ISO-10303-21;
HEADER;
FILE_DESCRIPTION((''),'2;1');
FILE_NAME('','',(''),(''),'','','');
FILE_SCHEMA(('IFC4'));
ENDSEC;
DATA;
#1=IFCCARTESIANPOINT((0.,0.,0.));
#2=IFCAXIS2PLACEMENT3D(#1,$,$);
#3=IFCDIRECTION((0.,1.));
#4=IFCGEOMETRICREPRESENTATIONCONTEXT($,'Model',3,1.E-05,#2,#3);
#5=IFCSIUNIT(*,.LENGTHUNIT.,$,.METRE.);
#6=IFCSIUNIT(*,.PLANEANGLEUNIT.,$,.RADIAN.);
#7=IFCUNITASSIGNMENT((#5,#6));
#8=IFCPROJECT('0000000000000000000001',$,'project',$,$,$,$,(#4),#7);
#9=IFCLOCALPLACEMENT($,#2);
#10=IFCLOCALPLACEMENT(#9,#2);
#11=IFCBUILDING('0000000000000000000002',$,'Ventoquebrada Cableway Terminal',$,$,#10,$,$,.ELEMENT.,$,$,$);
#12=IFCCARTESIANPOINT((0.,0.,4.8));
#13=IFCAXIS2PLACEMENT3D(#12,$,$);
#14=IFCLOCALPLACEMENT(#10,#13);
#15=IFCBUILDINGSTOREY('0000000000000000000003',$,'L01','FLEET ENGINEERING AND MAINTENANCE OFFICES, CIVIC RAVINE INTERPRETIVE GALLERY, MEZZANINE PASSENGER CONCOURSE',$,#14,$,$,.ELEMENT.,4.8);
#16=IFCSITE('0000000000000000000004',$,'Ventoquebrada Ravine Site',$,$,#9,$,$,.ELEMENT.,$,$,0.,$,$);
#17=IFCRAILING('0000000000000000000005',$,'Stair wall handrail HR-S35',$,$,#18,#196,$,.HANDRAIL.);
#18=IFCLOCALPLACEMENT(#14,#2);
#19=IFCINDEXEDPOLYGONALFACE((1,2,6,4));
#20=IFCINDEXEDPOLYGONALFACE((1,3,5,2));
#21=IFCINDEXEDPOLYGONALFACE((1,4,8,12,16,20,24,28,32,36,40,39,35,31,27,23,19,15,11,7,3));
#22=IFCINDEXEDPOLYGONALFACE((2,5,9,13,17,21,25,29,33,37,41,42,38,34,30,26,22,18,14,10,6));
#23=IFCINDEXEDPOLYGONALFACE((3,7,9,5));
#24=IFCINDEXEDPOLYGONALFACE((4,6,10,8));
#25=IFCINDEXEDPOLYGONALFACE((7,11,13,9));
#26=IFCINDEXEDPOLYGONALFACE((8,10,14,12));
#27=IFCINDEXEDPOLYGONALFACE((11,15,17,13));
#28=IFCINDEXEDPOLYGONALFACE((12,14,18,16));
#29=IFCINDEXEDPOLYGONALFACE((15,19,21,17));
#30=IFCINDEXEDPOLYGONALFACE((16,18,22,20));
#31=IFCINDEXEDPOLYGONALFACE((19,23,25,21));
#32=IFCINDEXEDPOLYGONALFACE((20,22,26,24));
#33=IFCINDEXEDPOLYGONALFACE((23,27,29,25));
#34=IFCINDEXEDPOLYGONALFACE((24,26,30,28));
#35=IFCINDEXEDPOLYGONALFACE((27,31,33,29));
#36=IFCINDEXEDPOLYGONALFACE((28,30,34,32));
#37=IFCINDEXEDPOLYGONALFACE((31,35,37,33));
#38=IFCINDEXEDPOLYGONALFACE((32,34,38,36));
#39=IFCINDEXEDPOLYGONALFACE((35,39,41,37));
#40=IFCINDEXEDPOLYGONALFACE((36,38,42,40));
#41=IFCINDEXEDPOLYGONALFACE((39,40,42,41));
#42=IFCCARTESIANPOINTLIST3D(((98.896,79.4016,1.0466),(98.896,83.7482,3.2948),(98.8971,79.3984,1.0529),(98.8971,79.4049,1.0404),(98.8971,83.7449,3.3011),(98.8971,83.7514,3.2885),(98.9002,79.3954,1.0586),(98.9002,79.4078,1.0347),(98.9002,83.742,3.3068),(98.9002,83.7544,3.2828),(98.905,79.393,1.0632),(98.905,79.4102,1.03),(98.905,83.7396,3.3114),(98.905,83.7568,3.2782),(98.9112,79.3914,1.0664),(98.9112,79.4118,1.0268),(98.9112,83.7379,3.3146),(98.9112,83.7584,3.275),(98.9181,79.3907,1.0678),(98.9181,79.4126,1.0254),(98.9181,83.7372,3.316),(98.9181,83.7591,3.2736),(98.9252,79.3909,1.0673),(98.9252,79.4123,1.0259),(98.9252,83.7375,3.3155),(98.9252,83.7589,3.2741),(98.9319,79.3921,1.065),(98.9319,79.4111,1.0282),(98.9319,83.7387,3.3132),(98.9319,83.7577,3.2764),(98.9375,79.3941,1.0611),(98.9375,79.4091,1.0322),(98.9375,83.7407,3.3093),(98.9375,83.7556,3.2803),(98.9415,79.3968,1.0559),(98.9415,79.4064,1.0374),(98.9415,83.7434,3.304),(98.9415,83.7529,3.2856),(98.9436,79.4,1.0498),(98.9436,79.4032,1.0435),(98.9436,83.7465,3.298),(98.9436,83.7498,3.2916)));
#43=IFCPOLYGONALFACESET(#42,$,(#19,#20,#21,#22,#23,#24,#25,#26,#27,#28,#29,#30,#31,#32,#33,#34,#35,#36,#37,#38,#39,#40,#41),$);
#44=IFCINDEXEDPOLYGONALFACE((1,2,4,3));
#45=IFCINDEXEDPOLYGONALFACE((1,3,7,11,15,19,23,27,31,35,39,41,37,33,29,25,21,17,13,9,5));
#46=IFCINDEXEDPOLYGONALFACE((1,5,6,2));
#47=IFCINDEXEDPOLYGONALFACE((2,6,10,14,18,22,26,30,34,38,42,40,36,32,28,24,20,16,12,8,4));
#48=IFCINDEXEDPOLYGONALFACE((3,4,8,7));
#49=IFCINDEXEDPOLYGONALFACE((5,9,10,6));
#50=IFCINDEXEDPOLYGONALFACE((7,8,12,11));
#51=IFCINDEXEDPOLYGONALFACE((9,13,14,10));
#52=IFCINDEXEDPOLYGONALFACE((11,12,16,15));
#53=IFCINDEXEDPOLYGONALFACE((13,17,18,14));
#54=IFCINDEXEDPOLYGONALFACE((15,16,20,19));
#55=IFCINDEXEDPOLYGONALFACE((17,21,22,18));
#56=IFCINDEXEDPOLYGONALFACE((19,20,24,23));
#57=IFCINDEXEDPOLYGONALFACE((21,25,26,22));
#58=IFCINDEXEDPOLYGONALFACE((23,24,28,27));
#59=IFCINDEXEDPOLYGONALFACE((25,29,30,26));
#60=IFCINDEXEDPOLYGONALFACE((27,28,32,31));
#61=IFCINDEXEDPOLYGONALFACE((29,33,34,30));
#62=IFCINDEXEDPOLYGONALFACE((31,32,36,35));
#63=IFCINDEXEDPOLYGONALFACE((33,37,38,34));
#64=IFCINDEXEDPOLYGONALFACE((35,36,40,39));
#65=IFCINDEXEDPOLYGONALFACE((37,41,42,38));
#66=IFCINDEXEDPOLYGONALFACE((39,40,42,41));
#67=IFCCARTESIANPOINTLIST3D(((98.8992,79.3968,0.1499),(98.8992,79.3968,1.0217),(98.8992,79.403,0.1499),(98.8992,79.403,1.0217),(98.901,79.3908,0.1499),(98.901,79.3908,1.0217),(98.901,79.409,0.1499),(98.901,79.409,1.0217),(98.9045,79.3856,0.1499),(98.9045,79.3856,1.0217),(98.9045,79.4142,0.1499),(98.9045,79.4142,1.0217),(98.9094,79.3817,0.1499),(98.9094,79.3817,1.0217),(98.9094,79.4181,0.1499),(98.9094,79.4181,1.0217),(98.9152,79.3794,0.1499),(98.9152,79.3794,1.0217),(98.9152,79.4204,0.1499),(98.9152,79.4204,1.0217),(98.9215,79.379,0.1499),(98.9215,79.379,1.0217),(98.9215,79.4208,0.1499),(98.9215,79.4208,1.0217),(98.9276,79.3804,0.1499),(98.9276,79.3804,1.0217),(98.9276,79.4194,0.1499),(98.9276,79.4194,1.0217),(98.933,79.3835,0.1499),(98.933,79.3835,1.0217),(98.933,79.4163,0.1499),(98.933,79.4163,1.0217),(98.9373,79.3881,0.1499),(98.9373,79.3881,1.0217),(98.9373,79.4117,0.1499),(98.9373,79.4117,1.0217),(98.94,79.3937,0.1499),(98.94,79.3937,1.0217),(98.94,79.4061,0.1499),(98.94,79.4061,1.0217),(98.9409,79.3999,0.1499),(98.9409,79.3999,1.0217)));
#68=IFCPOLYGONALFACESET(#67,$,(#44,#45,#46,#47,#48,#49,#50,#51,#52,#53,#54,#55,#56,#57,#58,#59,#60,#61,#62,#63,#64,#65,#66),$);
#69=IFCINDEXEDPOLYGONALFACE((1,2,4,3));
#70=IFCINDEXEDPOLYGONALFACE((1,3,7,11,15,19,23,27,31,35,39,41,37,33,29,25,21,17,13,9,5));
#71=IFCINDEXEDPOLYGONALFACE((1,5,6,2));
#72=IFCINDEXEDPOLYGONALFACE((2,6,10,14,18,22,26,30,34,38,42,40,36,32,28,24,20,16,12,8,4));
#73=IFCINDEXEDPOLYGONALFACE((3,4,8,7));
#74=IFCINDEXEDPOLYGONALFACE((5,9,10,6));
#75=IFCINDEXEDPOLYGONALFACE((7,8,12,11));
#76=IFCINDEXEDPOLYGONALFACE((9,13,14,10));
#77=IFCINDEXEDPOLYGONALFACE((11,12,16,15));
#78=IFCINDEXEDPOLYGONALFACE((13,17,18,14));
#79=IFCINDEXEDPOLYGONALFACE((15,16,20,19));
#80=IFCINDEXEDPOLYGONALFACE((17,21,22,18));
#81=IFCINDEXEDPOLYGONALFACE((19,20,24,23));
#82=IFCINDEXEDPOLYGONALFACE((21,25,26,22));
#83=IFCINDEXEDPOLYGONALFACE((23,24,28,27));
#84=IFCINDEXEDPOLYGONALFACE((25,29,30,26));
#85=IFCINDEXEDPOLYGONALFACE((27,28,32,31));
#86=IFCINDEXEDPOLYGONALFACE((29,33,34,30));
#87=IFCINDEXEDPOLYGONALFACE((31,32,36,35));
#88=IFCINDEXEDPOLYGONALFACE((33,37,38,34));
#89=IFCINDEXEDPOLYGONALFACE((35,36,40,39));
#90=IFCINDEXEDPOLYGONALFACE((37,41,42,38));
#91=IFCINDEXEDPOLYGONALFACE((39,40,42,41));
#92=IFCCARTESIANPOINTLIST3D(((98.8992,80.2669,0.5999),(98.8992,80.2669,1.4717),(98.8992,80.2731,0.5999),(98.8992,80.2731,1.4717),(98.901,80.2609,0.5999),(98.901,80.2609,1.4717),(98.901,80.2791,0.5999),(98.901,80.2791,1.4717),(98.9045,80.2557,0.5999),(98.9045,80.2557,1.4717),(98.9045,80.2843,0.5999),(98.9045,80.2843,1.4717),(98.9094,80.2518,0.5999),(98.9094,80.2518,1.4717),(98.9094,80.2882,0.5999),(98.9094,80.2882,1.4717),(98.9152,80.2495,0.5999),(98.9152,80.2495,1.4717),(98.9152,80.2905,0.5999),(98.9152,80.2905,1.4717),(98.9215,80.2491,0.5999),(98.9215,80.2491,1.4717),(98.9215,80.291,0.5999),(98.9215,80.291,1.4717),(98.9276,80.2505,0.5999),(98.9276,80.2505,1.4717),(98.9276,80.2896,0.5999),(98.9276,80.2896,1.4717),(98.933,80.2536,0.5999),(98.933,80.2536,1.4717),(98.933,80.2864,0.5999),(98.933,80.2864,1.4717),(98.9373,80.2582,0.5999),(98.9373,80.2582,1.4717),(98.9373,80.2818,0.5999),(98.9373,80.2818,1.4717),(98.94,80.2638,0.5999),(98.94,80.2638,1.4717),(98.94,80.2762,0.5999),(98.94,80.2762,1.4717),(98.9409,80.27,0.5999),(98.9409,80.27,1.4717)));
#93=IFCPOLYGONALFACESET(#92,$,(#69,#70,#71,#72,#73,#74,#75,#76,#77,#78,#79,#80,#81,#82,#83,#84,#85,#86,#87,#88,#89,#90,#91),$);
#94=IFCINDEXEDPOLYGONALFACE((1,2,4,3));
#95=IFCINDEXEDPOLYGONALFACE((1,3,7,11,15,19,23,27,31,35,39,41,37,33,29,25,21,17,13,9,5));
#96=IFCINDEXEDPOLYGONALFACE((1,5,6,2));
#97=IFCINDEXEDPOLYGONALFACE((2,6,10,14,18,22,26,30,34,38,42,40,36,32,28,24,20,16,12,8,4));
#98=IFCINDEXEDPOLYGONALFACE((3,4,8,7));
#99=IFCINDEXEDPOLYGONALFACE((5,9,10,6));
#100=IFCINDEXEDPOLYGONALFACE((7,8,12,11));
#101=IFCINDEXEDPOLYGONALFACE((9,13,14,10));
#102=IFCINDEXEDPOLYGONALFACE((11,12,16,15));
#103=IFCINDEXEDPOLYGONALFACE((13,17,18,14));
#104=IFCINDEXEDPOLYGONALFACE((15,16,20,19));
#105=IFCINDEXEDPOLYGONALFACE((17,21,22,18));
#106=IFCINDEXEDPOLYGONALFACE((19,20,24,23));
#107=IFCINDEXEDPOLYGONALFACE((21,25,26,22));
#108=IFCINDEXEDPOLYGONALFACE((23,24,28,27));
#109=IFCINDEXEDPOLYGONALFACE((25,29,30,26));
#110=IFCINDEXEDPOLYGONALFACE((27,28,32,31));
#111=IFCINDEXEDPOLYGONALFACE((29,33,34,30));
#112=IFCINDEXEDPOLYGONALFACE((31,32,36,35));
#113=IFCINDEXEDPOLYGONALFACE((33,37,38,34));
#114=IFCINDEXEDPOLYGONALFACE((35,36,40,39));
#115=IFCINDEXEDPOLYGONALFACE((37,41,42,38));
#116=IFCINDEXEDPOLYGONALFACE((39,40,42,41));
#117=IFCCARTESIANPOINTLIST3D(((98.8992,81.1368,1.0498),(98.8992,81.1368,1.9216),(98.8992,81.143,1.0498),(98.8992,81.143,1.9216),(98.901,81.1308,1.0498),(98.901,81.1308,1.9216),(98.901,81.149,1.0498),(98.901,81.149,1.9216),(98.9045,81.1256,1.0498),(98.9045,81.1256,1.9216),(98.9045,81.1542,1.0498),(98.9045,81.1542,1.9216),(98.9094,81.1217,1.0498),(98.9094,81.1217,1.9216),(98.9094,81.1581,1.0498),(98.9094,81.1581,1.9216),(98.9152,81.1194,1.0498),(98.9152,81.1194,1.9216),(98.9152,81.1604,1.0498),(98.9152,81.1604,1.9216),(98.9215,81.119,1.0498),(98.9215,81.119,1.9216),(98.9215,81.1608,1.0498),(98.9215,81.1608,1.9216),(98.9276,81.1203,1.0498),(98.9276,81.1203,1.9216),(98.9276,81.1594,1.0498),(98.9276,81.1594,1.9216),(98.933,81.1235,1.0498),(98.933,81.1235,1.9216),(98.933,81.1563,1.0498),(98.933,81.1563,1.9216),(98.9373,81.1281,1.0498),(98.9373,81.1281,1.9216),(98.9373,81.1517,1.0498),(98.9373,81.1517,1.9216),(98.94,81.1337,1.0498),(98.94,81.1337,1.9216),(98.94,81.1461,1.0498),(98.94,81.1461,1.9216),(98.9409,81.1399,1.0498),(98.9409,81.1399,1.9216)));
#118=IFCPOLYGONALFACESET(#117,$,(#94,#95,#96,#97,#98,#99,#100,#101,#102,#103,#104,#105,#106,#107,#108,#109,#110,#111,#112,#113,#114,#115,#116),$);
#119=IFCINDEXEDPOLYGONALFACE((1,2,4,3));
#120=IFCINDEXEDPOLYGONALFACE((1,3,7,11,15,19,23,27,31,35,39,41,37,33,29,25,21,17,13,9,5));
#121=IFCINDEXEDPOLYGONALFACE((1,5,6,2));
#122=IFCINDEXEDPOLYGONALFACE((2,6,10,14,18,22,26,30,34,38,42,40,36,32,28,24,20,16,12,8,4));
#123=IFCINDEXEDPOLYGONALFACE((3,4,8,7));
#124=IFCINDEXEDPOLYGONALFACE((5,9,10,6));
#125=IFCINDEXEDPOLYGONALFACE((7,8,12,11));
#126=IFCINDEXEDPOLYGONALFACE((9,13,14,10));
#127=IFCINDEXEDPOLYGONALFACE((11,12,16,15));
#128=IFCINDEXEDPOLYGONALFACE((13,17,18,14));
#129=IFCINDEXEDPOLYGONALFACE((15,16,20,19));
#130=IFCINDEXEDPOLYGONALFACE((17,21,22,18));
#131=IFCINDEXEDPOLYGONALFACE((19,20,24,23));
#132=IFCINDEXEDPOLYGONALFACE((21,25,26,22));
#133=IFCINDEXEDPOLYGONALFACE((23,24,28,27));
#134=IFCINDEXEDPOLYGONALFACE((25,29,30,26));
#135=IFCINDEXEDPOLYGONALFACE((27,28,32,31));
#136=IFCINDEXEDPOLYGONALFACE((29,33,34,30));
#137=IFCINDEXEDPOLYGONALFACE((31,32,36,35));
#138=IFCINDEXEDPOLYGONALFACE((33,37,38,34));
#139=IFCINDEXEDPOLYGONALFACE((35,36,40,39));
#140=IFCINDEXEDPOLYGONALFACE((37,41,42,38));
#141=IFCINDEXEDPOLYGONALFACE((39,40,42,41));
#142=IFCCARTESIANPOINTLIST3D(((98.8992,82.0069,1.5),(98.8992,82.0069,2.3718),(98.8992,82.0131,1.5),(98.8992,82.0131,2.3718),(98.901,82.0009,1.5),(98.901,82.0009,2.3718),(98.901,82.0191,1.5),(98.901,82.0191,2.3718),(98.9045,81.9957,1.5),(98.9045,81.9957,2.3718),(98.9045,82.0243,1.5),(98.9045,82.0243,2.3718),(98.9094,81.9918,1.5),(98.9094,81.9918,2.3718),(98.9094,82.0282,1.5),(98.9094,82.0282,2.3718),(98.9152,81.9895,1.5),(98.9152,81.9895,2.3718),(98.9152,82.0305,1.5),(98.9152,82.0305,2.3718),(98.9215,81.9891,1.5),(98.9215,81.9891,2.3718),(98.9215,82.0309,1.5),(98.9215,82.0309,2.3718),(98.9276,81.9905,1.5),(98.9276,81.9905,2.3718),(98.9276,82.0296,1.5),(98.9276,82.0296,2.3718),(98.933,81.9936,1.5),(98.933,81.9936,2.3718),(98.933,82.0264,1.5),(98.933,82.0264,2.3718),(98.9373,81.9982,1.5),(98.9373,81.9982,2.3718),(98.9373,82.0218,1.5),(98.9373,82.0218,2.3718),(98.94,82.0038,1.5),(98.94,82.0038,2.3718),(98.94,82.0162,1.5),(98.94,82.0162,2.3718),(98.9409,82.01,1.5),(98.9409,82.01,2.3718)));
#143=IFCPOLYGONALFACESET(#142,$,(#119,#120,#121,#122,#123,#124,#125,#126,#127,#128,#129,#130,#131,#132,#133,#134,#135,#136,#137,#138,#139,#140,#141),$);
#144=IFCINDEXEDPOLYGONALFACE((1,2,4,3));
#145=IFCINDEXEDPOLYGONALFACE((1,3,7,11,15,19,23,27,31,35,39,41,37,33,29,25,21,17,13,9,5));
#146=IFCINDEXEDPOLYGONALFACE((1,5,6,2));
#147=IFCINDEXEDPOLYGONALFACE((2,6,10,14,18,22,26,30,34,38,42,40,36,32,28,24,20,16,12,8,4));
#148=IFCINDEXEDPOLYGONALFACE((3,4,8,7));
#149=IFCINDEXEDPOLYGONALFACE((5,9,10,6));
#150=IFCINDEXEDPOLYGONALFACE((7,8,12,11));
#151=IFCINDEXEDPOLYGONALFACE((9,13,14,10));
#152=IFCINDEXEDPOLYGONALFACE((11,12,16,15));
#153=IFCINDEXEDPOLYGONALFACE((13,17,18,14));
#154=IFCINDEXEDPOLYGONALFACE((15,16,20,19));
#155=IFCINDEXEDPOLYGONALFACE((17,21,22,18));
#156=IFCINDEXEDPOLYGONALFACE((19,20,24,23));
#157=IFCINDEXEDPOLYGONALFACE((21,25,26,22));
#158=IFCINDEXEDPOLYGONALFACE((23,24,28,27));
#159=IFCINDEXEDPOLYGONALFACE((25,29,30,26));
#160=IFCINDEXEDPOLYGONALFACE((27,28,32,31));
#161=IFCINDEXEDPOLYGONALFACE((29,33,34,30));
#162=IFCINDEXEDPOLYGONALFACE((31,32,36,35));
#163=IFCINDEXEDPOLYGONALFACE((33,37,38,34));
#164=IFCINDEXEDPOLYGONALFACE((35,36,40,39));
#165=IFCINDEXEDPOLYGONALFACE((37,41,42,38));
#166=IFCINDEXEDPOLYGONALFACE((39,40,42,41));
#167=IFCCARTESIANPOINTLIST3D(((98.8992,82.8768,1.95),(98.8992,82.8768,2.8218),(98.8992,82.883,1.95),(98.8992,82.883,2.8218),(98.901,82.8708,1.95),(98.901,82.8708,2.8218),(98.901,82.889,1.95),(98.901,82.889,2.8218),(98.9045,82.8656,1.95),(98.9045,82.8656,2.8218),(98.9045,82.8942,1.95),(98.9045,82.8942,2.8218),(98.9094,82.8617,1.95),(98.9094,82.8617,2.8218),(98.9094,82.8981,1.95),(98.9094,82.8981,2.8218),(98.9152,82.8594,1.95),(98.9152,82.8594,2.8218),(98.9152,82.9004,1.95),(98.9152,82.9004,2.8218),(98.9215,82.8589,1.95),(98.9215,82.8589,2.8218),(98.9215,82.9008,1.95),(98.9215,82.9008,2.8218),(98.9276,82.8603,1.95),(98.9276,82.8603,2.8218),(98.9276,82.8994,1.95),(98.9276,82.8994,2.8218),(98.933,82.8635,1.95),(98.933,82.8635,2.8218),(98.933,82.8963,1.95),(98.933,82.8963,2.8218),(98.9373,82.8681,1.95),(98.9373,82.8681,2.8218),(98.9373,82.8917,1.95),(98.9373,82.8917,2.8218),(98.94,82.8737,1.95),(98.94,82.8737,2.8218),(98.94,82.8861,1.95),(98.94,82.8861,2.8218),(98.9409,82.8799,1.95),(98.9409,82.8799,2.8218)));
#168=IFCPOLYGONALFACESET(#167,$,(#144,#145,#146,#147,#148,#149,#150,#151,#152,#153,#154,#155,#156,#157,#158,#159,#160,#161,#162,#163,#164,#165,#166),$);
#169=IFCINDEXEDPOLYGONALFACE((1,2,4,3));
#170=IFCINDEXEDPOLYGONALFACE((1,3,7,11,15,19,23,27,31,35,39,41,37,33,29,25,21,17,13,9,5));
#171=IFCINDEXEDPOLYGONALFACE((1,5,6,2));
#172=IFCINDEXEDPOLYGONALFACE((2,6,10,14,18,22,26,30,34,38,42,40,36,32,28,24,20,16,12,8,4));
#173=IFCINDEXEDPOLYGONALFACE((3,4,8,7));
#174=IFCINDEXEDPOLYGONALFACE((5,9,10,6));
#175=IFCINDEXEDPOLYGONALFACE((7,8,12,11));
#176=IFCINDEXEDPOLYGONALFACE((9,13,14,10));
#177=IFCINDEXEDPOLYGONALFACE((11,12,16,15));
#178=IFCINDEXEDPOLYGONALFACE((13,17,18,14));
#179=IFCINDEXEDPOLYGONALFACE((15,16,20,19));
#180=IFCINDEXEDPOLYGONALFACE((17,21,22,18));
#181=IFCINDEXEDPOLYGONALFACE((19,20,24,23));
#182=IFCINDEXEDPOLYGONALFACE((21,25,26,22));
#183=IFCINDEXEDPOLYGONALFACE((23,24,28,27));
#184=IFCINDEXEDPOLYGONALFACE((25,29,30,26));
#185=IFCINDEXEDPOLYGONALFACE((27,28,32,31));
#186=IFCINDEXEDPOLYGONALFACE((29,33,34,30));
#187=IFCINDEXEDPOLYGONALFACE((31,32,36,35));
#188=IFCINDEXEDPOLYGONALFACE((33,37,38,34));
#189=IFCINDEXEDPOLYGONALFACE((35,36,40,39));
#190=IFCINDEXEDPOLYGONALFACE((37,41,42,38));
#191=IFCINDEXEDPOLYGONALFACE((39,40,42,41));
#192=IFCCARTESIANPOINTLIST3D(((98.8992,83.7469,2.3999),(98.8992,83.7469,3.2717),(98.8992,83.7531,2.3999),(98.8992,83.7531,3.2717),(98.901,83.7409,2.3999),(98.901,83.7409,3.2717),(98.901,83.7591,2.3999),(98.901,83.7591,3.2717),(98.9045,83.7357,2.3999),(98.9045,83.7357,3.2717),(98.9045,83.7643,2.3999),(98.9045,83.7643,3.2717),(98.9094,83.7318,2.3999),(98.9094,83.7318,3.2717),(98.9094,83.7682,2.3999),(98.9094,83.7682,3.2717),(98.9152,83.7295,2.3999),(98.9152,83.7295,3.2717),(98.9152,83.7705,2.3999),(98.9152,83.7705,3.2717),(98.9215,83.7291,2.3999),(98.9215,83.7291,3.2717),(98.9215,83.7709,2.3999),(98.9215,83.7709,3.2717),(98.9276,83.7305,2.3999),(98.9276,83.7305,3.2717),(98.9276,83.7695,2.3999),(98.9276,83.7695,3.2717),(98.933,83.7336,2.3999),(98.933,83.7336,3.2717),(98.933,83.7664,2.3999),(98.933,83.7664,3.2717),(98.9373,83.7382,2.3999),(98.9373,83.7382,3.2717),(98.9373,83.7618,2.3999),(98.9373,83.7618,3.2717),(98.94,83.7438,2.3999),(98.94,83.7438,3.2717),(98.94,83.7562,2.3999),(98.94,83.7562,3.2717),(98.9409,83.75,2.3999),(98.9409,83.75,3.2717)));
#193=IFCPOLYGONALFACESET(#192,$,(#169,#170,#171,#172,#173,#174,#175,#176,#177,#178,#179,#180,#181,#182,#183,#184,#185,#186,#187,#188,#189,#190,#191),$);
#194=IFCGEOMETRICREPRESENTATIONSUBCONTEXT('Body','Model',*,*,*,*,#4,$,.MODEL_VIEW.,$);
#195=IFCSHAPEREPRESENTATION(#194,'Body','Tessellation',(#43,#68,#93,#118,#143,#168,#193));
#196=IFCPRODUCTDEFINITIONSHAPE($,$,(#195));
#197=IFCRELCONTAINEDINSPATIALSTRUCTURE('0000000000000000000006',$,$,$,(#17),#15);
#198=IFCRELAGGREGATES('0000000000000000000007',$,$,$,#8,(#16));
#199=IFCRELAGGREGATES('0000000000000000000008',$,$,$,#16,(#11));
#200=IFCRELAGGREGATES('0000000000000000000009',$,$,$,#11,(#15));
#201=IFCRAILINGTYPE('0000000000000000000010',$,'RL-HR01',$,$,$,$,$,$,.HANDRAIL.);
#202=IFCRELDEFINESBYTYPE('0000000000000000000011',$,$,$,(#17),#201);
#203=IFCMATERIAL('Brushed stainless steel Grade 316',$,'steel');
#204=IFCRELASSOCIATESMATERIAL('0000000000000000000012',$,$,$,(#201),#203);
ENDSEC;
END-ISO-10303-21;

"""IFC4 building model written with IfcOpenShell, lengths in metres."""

from ifc_helpers import new_model, si_unit, direction, frame, origin, origin_2d, place, context, subcontext, project, spatial, circle, extrude, material, type_object, element, save


model = new_model("IFC4")

# Units and contexts
model_context = context("Model", 3, precision=1e-05, world=origin(), true_north=direction((0.0, 1.0)))
body_context = subcontext(model_context, "Body", "Model", "MODEL_VIEW")
ifc_project = project(units=[si_unit("LENGTHUNIT", "METRE"), si_unit("PLANEANGLEUNIT", "RADIAN")], contexts=[model_context])

# Site, building, storey
site_placement = place(None, origin())
site = spatial("IfcSite", under=ifc_project, at=site_placement, Name="Ventoquebrada Ravine Site", CompositionType="ELEMENT", RefElevation=0.0)
building_placement = place(site_placement, origin())
building = spatial("IfcBuilding", under=site, at=building_placement, Name="Ventoquebrada Cableway Terminal", CompositionType="ELEMENT")
storey_placement = place(building_placement, frame((0.0, 0.0, 4.8)))
storey = spatial("IfcBuildingStorey", under=building, at=storey_placement, Name="L01", Description="FLEET ENGINEERING AND MAINTENANCE OFFICES, CIVIC RAVINE INTERPRETIVE GALLERY, MEZZANINE PASSENGER CONCOURSE", CompositionType="ELEMENT", Elevation=4.8)

# Railing
ifc_material_1 = material(Name="Brushed stainless steel Grade 316", Category="steel")
railing_type_1 = type_object("IfcRailingType", Name="RL-HR01", PredefinedType="HANDRAIL", material=ifc_material_1)
railing_1_placement = place(storey_placement, frame((98.9199, 79.3999, 0.1499)))
element("IfcRailing", 1, at=railing_1_placement, inside=storey, type_object=railing_type_1, Name="Stair wall handrail HR-S35", PredefinedType="HANDRAIL", context=body_context, shape_type="SweptSolid", body=[
    extrude(circle(Radius=0.0239, at=origin_2d()), frame((0.0, 0.0017, 0.8967), z_axis=(0.0, 0.888222, 0.459415), x_axis=(-1.0, 0.0, 0.0)), (0.0, 0.0, 1.0), 4.8936),
    extrude(circle(Radius=0.021, at=origin_2d()), origin(), (0.0, 0.0, 1.0), 0.8718),
    extrude(circle(Radius=0.021, at=origin_2d()), frame((0.0, 0.8701, 0.45)), (0.0, 0.0, 1.0), 0.8718),
    extrude(circle(Radius=0.021, at=origin_2d()), frame((0.0, 1.74, 0.8999)), (0.0, 0.0, 1.0), 0.8718),
    extrude(circle(Radius=0.021, at=origin_2d()), frame((0.0, 2.6101, 1.3501)), (0.0, 0.0, 1.0), 0.8718),
    extrude(circle(Radius=0.021, at=origin_2d()), frame((0.0, 3.48, 1.8)), (0.0, 0.0, 1.0), 0.8718),
    extrude(circle(Radius=0.021, at=origin_2d()), frame((0.0, 4.3501, 2.25)), (0.0, 0.0, 1.0), 0.8718),
])

save(model, "model.ifc")
